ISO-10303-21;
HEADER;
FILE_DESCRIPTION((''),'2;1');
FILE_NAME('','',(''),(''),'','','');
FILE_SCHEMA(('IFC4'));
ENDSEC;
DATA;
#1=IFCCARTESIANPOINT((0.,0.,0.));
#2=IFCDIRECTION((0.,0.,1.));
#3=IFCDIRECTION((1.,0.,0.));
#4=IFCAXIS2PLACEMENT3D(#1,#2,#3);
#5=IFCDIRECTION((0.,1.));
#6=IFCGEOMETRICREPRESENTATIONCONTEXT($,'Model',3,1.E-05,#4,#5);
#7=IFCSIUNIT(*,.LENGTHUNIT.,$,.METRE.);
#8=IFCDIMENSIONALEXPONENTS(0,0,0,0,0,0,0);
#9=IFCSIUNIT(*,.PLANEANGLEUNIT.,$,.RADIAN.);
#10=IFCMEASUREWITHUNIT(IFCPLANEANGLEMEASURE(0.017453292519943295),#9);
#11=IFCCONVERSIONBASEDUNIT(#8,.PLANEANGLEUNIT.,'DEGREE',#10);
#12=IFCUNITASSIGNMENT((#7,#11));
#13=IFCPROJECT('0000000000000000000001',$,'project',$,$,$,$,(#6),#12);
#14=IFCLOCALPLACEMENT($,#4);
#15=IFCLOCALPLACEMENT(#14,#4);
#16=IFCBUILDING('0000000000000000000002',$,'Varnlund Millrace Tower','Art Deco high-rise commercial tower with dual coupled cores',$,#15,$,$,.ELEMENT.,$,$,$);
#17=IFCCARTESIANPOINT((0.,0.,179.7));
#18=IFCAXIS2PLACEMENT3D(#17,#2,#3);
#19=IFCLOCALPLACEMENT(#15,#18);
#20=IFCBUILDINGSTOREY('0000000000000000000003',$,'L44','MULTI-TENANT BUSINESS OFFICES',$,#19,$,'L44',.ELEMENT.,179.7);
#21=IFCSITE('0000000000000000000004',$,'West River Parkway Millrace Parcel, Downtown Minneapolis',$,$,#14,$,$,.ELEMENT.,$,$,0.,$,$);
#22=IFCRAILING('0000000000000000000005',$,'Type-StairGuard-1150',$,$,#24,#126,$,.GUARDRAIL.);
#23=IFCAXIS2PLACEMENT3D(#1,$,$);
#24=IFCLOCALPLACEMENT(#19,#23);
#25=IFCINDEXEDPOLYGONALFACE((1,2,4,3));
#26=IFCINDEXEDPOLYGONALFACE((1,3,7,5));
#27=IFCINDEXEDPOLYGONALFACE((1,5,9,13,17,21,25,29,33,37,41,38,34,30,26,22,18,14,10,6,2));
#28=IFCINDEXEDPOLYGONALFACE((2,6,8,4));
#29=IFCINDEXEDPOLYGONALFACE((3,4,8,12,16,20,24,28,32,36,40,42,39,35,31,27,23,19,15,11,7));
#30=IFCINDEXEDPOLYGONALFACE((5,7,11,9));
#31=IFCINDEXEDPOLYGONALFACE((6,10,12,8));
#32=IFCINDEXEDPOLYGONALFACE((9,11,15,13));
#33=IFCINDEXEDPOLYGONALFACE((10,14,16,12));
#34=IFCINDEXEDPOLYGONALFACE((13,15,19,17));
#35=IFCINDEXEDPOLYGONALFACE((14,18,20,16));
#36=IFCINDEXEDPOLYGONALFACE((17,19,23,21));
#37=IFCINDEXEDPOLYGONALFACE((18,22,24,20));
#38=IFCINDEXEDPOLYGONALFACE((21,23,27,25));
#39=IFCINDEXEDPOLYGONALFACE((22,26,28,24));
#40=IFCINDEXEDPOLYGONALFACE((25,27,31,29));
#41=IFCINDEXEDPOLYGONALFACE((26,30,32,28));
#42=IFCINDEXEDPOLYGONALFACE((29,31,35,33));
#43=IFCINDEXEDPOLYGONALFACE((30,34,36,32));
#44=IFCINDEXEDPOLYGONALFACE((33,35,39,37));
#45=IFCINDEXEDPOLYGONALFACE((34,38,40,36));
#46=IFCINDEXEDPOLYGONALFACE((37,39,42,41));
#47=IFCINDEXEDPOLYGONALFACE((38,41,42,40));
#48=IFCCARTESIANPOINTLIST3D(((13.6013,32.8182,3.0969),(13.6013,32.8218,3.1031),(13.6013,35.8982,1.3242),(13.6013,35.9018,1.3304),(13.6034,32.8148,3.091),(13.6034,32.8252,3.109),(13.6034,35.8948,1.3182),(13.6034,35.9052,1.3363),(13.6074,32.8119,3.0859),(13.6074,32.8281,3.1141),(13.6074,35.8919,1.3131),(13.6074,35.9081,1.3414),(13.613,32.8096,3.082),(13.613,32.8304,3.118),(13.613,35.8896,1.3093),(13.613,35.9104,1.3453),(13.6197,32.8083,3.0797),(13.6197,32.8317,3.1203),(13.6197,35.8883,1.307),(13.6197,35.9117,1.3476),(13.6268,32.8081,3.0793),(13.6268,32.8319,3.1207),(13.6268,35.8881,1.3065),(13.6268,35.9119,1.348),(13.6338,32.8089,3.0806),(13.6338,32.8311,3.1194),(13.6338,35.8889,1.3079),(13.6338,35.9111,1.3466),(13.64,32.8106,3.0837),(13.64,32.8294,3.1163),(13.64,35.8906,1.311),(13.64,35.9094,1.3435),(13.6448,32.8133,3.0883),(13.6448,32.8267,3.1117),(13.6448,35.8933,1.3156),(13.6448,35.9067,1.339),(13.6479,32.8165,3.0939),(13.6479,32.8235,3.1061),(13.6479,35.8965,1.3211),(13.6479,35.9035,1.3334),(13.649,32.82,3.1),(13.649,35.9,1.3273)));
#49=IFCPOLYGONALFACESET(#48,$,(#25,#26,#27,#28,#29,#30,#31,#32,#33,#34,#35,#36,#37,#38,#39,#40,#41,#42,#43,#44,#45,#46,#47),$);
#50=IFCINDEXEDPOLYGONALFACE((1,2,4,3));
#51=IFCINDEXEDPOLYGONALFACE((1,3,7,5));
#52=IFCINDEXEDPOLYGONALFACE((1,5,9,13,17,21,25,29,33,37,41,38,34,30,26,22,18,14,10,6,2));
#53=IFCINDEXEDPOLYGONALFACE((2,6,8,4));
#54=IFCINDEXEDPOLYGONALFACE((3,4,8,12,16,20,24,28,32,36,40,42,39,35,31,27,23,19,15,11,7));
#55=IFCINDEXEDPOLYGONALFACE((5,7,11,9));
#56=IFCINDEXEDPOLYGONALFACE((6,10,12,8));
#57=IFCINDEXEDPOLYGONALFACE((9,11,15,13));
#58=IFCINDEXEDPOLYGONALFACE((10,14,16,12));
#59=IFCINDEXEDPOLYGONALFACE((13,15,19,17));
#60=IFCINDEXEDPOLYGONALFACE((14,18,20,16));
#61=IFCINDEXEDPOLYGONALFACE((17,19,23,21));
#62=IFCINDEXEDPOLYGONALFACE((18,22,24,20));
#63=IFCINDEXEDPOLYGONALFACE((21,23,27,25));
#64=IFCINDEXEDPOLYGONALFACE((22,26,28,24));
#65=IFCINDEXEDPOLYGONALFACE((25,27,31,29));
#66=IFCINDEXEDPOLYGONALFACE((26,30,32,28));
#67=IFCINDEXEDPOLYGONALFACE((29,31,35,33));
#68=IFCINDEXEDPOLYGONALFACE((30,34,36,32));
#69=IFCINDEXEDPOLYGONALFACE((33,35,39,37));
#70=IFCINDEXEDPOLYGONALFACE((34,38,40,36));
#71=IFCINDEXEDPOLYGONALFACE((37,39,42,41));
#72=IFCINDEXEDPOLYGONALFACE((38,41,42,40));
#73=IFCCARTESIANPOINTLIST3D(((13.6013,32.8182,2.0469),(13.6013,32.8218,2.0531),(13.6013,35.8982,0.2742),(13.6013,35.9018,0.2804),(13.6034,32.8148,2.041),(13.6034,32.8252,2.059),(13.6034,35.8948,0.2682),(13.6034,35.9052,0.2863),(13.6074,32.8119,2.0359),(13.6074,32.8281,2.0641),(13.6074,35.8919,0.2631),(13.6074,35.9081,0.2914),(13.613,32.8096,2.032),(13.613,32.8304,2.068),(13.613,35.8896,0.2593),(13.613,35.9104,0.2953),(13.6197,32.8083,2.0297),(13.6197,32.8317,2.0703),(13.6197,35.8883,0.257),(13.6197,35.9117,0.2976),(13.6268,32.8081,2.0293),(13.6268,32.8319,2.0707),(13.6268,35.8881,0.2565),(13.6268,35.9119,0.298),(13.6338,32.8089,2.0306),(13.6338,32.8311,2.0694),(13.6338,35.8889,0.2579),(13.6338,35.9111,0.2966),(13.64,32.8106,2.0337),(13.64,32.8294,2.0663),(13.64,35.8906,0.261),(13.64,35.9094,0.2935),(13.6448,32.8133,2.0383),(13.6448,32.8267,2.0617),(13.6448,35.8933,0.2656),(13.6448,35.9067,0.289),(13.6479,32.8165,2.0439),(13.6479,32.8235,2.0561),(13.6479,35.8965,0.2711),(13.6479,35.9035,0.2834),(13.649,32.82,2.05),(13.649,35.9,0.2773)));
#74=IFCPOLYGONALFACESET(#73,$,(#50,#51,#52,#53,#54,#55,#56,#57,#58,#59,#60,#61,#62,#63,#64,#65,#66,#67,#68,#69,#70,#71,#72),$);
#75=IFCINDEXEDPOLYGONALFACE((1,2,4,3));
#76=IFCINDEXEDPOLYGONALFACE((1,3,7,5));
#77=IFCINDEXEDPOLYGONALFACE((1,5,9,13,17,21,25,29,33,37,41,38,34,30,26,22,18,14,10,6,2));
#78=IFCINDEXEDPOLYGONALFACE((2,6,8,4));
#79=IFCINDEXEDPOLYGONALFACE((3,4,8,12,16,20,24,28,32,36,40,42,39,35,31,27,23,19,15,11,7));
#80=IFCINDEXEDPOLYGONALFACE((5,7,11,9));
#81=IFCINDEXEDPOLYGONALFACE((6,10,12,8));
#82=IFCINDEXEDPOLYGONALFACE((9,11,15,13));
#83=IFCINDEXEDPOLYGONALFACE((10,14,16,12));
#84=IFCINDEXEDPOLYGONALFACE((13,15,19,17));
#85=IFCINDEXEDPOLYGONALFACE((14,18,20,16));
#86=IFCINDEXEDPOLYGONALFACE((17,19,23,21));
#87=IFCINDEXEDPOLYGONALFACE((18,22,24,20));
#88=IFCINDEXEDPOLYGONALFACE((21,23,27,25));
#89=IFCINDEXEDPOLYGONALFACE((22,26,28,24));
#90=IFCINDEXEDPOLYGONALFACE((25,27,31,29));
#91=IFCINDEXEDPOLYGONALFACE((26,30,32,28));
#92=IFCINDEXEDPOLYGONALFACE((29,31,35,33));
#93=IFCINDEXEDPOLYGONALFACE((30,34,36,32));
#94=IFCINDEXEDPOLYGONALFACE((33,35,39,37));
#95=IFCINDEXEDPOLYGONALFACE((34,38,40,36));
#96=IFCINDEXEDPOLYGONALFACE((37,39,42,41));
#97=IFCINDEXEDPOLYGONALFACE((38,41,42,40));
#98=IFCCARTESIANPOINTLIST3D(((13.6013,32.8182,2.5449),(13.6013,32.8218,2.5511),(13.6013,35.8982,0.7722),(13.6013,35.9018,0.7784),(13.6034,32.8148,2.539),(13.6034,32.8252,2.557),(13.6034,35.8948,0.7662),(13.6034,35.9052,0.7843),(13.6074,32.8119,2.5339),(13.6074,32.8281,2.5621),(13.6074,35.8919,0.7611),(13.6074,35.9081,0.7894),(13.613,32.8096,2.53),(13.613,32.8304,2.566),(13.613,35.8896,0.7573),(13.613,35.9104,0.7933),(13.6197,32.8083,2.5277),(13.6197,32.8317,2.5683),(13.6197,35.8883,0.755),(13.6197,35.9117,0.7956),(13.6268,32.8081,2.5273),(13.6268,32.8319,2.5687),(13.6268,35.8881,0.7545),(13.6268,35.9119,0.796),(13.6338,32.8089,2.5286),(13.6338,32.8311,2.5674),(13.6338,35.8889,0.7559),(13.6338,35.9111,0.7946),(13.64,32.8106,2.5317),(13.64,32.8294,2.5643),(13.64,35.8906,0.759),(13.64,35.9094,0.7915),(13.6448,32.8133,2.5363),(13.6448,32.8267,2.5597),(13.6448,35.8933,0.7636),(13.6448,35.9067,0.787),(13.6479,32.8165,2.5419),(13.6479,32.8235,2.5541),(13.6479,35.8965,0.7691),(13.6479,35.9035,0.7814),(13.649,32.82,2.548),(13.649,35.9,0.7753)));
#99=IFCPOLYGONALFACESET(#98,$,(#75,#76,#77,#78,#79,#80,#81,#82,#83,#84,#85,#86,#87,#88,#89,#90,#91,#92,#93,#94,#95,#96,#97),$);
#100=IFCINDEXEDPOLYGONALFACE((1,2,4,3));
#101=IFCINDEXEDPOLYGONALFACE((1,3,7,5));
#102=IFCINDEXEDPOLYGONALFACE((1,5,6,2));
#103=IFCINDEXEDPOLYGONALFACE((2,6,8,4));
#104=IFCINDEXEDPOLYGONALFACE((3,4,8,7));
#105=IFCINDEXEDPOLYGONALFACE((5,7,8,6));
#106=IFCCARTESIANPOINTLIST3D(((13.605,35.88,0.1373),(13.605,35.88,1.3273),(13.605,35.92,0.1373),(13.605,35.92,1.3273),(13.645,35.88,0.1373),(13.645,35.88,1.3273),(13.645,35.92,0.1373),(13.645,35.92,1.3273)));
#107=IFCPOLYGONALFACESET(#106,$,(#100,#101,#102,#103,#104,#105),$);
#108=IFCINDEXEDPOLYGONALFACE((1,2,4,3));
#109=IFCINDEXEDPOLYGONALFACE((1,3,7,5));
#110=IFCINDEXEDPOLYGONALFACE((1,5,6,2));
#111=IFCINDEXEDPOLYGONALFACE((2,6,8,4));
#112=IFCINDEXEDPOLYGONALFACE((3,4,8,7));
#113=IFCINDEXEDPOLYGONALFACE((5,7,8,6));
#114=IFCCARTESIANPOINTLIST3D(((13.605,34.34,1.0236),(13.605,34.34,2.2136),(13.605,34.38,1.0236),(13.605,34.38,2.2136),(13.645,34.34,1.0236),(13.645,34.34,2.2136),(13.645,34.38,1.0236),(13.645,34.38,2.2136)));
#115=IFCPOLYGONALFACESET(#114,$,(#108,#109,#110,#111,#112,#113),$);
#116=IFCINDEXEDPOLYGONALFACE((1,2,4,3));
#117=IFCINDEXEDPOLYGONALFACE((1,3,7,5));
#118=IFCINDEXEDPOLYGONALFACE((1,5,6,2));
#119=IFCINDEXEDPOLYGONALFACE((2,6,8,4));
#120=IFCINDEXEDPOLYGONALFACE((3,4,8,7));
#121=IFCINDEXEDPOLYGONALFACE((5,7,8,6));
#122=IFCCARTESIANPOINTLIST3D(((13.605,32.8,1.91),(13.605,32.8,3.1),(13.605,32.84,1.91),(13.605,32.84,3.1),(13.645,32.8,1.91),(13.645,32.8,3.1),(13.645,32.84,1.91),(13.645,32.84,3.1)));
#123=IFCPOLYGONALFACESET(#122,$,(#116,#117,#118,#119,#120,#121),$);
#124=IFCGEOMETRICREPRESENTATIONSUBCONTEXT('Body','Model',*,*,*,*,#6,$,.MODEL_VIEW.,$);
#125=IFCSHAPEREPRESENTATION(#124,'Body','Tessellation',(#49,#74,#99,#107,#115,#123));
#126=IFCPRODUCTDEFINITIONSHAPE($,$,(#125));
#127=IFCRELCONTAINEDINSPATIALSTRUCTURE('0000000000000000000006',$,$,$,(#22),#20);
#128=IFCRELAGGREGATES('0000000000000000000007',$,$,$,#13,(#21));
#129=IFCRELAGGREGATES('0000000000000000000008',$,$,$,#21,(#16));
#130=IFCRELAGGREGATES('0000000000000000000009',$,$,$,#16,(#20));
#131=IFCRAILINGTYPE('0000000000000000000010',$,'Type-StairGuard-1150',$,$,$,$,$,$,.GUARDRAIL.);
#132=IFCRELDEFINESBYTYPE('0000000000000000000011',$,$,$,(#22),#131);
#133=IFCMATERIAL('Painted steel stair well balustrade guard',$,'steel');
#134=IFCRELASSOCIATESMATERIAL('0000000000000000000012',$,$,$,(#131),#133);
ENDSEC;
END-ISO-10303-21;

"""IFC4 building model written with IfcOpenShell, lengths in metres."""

from ifc_helpers import new_model, entity, si_unit, converted_unit, direction, frame, origin_with_axes, origin_2d_with_axis, place, context, subcontext, project, spatial, rectangle, circle, extrude, material, type_object, element, save


model = new_model("IFC4")

# Units and contexts
model_context = context("Model", 3, precision=1e-05, world=origin_with_axes(), true_north=direction((0.0, 1.0)))
body_context = subcontext(model_context, "Body", "Model", "MODEL_VIEW")
ifc_project = project(units=[si_unit("LENGTHUNIT", "METRE"), converted_unit("PLANEANGLEUNIT", "DEGREE", entity("IfcPlaneAngleMeasure", 0.017453292519943295), si_unit("PLANEANGLEUNIT", "RADIAN"), dimensions=[0, 0, 0, 0, 0, 0, 0])], contexts=[model_context])

# Site, building, storey
site_placement = place(None, origin_with_axes())
site = spatial("IfcSite", under=ifc_project, at=site_placement, Name="West River Parkway Millrace Parcel, Downtown Minneapolis", CompositionType="ELEMENT", RefElevation=0.0)
building_placement = place(site_placement, origin_with_axes())
building = spatial("IfcBuilding", under=site, at=building_placement, Name="Varnlund Millrace Tower", Description="Art Deco high-rise commercial tower with dual coupled cores", CompositionType="ELEMENT")
storey_placement = place(building_placement, frame((0.0, 0.0, 179.7), z_axis=(0.0, 0.0, 1.0), x_axis=(1.0, 0.0, 0.0)))
storey = spatial("IfcBuildingStorey", under=building, at=storey_placement, Name="L44", Description="MULTI-TENANT BUSINESS OFFICES", LongName="L44", CompositionType="ELEMENT", Elevation=179.7)

# Railing
ifc_material_1 = material(Name="Painted steel stair well balustrade guard", Category="steel")
railing_type_1 = type_object("IfcRailingType", Name="Type-StairGuard-1150", PredefinedType="GUARDRAIL", material=ifc_material_1)
railing_1_placement = place(storey_placement, frame((0.0, 0.0, -179.7), z_axis=(0.0, 0.0, 1.0), x_axis=(1.0, 0.0, 0.0)))
element("IfcRailing", 1, at=railing_1_placement, inside=storey, type_object=railing_type_1, Name="Type-StairGuard-1150", PredefinedType="GUARDRAIL", context=body_context, shape_type="SweptSolid", body=[
    extrude(circle(Radius=0.024, at=origin_2d_with_axis()), frame((13.625, 35.9, 181.0273), z_axis=(0.0, -0.866696, 0.498836), x_axis=(1.0, 0.0, 0.0)), (0.0, 0.0, 1.0), 3.5537),
    extrude(circle(Radius=0.024, at=origin_2d_with_axis()), frame((13.625, 35.9, 179.9773), z_axis=(0.0, -0.866696, 0.498836), x_axis=(1.0, 0.0, 0.0)), (0.0, 0.0, 1.0), 3.5537),
    extrude(circle(Radius=0.024, at=origin_2d_with_axis()), frame((13.625, 35.9, 180.4753), z_axis=(0.0, -0.866696, 0.498836), x_axis=(1.0, 0.0, 0.0)), (0.0, 0.0, 1.0), 3.5537),
    extrude(rectangle(XDim=0.04, YDim=0.04, at=origin_2d_with_axis()), frame((13.625, 35.9, 179.8373), z_axis=(0.0, 0.0, 1.0), x_axis=(1.0, 0.0, 0.0)), (0.0, 0.0, 1.0), 1.19),
    extrude(rectangle(XDim=0.04, YDim=0.04, at=origin_2d_with_axis()), frame((13.625, 34.36, 180.7236), z_axis=(0.0, 0.0, 1.0), x_axis=(1.0, 0.0, 0.0)), (0.0, 0.0, 1.0), 1.19),
    extrude(rectangle(XDim=0.04, YDim=0.04, at=origin_2d_with_axis()), frame((13.625, 32.82, 181.61), z_axis=(0.0, 0.0, 1.0), x_axis=(1.0, 0.0, 0.0)), (0.0, 0.0, 1.0), 1.19),
])

save(model, "model.ifc")
